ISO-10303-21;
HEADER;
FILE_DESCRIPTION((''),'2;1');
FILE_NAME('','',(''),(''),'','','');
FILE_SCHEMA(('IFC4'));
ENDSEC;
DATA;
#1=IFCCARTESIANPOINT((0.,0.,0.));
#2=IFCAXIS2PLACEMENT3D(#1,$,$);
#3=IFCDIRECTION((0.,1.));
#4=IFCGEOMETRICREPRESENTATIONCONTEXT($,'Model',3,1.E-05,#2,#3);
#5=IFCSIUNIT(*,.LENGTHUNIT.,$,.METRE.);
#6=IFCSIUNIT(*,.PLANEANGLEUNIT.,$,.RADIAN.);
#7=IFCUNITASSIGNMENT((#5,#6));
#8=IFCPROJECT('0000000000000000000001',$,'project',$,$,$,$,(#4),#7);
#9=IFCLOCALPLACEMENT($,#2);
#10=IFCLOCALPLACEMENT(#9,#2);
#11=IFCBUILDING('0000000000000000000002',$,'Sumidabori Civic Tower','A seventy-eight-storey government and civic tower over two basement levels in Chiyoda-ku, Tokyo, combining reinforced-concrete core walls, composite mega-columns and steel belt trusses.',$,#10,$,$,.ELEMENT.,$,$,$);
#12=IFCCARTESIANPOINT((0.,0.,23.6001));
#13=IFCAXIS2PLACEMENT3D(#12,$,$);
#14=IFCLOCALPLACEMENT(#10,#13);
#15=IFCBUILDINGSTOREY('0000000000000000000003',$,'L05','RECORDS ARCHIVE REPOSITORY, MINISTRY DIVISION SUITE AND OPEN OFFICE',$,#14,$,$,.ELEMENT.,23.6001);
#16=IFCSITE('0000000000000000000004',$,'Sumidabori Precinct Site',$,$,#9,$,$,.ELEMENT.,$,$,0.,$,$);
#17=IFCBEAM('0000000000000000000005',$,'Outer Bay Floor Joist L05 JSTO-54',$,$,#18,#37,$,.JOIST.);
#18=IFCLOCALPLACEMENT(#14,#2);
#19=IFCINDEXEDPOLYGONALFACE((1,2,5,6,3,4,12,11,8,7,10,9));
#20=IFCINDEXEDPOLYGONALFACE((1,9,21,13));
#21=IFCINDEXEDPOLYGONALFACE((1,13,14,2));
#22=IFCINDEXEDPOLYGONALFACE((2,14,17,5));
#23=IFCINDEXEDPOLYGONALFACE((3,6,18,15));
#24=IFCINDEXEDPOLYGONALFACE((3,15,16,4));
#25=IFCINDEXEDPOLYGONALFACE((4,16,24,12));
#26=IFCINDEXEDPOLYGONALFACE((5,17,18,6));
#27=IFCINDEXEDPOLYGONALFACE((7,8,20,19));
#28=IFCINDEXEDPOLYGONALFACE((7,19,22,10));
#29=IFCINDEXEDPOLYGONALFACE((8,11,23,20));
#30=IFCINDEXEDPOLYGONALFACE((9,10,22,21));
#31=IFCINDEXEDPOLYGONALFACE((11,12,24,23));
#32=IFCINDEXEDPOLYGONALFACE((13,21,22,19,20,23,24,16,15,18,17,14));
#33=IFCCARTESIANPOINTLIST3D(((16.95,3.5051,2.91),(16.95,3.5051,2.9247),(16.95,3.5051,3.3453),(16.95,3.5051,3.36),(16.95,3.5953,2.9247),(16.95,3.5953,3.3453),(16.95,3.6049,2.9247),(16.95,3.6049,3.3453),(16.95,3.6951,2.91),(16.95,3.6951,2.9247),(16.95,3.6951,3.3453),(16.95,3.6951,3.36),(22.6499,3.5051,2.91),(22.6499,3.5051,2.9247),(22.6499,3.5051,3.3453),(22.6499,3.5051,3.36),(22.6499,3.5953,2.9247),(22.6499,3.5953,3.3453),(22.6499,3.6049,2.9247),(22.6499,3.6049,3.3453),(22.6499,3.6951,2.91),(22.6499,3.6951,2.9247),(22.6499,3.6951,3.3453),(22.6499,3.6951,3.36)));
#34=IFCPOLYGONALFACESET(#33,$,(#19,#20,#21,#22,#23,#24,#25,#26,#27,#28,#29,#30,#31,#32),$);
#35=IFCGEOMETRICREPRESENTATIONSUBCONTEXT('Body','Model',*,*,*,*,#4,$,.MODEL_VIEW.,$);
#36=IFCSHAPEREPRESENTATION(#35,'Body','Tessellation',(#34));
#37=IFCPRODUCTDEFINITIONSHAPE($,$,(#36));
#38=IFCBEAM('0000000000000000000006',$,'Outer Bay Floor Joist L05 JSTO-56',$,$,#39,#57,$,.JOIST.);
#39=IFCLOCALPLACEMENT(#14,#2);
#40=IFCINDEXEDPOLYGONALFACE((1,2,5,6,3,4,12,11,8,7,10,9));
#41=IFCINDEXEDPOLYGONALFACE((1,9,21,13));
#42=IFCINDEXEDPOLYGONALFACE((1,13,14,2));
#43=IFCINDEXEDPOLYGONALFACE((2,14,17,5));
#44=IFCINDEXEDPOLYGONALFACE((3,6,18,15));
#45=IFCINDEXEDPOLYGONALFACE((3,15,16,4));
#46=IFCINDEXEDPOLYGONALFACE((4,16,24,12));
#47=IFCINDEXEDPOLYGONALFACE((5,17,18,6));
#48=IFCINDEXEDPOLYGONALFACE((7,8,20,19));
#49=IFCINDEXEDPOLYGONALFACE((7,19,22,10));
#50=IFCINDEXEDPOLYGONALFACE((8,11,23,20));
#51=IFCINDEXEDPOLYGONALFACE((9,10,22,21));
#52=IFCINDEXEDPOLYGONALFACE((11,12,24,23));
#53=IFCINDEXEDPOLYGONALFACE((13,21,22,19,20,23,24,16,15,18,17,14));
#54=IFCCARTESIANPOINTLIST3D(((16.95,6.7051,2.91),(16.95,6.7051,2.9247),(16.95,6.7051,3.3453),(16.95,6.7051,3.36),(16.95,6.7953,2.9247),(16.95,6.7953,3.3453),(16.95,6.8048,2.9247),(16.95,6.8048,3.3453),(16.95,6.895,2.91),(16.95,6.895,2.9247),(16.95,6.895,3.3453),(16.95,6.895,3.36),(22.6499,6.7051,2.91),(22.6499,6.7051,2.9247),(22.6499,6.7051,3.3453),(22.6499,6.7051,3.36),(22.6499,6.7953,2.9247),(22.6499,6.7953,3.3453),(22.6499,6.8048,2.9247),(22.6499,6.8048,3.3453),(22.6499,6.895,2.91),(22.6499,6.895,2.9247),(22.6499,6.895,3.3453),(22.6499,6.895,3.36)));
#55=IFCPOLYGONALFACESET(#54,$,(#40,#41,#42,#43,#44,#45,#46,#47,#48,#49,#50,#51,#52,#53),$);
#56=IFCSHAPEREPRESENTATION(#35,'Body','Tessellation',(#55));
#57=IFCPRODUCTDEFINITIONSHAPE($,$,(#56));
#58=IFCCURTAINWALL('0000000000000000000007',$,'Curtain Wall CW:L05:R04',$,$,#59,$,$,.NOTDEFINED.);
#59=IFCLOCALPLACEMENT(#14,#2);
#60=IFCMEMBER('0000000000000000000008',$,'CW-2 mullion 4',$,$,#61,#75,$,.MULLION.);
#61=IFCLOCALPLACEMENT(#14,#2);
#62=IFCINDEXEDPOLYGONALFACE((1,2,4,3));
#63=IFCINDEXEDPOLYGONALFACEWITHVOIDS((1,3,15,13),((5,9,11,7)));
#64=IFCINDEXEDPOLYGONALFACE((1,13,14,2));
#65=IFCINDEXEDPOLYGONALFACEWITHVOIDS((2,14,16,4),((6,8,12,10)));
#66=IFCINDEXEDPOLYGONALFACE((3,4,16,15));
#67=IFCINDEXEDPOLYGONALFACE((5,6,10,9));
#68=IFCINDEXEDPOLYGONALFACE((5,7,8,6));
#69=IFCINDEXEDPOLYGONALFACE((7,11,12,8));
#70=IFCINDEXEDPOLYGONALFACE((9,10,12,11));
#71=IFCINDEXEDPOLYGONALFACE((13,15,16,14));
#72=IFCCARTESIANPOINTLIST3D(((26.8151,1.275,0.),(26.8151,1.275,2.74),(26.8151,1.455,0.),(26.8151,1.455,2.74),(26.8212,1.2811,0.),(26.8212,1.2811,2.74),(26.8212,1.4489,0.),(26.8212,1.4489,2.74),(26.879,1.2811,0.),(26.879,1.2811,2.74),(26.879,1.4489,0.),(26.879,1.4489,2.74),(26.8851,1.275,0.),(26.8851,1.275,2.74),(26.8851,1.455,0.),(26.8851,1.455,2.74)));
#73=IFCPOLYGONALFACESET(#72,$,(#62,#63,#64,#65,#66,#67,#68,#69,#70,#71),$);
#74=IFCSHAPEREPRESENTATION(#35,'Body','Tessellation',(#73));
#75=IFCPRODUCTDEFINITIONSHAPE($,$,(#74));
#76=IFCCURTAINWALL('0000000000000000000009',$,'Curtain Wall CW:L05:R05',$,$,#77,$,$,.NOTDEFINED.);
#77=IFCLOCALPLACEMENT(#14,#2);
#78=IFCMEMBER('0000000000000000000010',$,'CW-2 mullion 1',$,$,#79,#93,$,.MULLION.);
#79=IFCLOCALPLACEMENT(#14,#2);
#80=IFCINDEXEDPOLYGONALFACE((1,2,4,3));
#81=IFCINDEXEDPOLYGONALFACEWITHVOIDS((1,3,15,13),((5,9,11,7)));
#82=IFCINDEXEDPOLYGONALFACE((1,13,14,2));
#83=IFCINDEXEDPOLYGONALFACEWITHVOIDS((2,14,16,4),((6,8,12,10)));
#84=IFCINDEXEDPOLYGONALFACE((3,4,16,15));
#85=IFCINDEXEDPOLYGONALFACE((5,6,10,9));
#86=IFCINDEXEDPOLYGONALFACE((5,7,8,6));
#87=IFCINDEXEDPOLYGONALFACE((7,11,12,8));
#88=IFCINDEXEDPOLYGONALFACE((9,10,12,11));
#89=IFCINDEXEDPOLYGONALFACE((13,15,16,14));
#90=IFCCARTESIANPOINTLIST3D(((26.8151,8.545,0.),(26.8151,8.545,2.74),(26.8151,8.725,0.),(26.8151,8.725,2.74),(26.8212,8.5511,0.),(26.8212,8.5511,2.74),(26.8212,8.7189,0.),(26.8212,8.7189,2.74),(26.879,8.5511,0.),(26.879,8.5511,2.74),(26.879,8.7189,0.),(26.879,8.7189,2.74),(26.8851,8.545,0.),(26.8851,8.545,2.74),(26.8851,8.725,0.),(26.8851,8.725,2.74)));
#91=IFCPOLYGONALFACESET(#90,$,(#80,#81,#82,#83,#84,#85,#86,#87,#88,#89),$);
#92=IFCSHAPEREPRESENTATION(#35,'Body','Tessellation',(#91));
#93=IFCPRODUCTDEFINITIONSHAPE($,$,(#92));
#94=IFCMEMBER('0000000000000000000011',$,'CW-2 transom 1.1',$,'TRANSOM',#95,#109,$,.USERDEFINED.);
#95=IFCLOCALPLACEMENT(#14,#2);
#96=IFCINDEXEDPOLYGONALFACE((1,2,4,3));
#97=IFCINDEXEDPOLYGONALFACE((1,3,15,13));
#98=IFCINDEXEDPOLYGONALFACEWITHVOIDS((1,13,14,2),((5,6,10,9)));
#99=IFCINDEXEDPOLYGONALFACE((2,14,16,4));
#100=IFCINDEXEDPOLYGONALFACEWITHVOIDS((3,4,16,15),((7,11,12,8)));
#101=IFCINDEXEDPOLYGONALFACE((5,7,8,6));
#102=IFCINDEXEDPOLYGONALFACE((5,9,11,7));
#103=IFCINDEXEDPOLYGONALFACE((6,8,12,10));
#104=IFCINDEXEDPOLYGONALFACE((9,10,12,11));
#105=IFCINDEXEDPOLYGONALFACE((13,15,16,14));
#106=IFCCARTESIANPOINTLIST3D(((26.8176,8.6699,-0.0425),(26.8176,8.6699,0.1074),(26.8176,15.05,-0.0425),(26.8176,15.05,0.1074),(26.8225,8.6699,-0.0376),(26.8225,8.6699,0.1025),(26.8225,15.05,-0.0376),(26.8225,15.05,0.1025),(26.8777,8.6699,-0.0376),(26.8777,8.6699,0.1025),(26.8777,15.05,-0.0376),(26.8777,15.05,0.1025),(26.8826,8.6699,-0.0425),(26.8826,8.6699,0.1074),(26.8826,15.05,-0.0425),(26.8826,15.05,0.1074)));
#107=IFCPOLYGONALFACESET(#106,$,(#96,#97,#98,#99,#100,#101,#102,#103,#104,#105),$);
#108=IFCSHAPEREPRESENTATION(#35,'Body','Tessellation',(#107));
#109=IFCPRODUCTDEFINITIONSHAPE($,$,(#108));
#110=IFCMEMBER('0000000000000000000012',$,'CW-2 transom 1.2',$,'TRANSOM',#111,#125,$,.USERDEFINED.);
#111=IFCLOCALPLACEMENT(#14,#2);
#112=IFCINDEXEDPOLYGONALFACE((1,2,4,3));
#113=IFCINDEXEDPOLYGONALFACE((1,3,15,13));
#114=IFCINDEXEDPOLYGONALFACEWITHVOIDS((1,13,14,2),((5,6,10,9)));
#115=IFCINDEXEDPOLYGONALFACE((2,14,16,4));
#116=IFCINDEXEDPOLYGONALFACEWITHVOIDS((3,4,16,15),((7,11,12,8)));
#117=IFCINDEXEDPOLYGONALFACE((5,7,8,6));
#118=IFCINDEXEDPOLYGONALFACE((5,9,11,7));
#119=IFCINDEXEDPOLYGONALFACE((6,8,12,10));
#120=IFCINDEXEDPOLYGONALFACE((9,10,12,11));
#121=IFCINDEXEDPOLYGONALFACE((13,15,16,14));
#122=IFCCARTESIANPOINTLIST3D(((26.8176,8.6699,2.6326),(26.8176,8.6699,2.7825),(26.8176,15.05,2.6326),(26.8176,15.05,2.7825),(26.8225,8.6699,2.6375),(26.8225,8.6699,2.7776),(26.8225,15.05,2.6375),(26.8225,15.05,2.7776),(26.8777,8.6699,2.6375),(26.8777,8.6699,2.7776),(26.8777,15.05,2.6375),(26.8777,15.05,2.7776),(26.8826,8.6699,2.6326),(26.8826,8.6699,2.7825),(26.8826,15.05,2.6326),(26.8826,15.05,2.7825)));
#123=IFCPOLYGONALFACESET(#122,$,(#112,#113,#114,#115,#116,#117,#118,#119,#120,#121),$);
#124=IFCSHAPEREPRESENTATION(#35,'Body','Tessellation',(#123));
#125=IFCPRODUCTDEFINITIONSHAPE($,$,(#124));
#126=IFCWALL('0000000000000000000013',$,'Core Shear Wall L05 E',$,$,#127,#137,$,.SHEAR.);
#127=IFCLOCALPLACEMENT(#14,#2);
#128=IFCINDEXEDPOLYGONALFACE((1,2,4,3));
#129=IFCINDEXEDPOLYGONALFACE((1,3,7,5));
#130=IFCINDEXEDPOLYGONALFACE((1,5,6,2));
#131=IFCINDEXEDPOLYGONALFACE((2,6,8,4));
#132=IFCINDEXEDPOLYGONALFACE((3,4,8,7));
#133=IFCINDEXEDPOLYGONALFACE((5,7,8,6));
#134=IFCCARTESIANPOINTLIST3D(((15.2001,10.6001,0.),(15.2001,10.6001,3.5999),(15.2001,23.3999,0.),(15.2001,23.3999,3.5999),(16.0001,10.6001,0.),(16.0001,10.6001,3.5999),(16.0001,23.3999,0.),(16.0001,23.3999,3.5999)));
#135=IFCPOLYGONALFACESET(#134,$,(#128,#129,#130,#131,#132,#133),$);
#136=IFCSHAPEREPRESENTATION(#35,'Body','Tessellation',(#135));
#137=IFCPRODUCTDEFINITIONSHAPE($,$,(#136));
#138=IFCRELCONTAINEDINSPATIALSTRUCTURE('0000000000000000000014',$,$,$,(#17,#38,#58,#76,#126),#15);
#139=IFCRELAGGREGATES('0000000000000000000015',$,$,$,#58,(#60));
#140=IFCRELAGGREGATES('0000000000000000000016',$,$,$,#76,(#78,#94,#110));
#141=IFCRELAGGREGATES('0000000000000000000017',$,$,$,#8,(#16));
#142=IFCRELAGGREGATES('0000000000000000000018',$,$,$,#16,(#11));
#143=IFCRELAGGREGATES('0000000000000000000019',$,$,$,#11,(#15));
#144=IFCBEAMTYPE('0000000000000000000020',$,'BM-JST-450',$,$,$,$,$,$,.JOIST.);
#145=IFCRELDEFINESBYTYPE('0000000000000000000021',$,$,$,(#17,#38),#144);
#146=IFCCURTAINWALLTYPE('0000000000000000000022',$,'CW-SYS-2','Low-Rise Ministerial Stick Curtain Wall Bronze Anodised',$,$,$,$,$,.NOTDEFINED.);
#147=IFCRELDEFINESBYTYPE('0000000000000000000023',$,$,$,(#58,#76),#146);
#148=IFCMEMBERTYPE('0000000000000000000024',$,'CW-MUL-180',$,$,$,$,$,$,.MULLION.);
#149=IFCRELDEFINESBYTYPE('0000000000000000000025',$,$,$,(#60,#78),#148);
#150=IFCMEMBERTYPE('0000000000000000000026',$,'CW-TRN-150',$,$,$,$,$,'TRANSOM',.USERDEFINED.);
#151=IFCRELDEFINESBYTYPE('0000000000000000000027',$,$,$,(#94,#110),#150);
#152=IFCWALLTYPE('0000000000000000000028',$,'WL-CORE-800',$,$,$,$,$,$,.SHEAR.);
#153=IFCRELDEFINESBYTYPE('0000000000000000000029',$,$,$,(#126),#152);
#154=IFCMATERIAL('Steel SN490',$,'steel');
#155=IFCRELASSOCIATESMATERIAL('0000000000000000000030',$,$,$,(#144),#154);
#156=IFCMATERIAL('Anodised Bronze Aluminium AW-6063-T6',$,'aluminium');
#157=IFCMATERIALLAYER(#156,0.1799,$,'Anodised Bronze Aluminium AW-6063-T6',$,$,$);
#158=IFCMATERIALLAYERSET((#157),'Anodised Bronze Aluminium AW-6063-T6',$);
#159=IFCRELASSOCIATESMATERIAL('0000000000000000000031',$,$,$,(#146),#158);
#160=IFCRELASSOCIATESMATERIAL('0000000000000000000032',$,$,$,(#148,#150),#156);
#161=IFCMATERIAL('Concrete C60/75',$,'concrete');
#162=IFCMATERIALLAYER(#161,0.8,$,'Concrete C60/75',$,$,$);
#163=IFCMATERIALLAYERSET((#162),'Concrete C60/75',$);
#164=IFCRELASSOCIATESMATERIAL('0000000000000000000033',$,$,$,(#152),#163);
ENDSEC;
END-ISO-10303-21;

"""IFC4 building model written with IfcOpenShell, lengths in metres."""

from ifc_helpers import new_model, si_unit, direction, frame, frame_2d, origin, origin_2d, place, context, subcontext, project, spatial, rectangle, hollow_rectangle, i_section, extrude, source, transform, mapped, material, layer, layer_set, material_profile, profile_set, type_object, element, aggregate, save


model = new_model("IFC4")

# Units and contexts
model_context = context("Model", 3, precision=1e-05, world=origin(), true_north=direction((0.0, 1.0)))
body_context = subcontext(model_context, "Body", "Model", "MODEL_VIEW")
ifc_project = project(units=[si_unit("LENGTHUNIT", "METRE"), si_unit("PLANEANGLEUNIT", "RADIAN")], contexts=[model_context])

# Site, building, storey
site_placement = place(None, origin())
site = spatial("IfcSite", under=ifc_project, at=site_placement, Name="Sumidabori Precinct Site", CompositionType="ELEMENT", RefElevation=0.0)
building_placement = place(site_placement, origin())
building = spatial("IfcBuilding", under=site, at=building_placement, Name="Sumidabori Civic Tower", Description="A seventy-eight-storey government and civic tower over two basement levels in Chiyoda-ku, Tokyo, combining reinforced-concrete core walls, composite mega-columns and steel belt trusses.", CompositionType="ELEMENT")
storey_placement = place(building_placement, frame((0.0, 0.0, 23.6001)))
storey = spatial("IfcBuildingStorey", under=building, at=storey_placement, Name="L05", Description="RECORDS ARCHIVE REPOSITORY, MINISTRY DIVISION SUITE AND OPEN OFFICE", CompositionType="ELEMENT", Elevation=23.6001)

# Shared definitions
ifc_material_1 = material(Name="Concrete C60/75", Category="concrete")

# Beams
ifc_material_2 = material(Name="Steel SN490", Category="steel")
ifc_material_profile_1 = material_profile(ifc_material_2, i_section(OverallWidth=0.1899, OverallDepth=0.45, WebThickness=0.0095, FlangeThickness=0.0146, at=origin_2d()), Name="IPE 450")
ifc_profile_set_1 = profile_set([ifc_material_profile_1], Name="Steel SN490")
beam_type_1 = type_object("IfcBeamType", Name="BM-JST-450", PredefinedType="JOIST", material=ifc_profile_set_1)
shared_shape_1 = source(origin(), body_context, "Body", "SweptSolid", [
    extrude(i_section(OverallWidth=0.1899, OverallDepth=0.45, WebThickness=0.0095, FlangeThickness=0.0146, at=origin_2d()), origin(), (0.0, 0.0, 1.0), 5.7),
])
for number, where, z_axis, x_axis, name in (
    (1, (16.95, 3.6001, 3.135), (1.0, 0.0, 0.0), (0.0, 1.0, 0.0), "Outer Bay Floor Joist L05 JSTO-54"),
    (2, (16.95, 6.8, 3.135), (1.0, 0.0, 0.0), (0.0, 1.0, 0.0), "Outer Bay Floor Joist L05 JSTO-56"),
):
    element("IfcBeam", number, at=place(storey_placement, frame(where, z_axis=z_axis, x_axis=x_axis)), inside=storey, type_object=beam_type_1, Name=name, PredefinedType="JOIST", context=body_context, shape_type="MappedRepresentation", body=[
        mapped(shared_shape_1, transform((0.0, 0.0, 0.0), x_axis=(1.0, 0.0, 0.0), y_axis=(0.0, 1.0, 0.0), z_axis=(0.0, 0.0, 1.0), scale=1.0)),
    ])

# Curtain wall, member
ifc_material_3 = material(Name="Anodised Bronze Aluminium AW-6063-T6", Category="aluminium")
ifc_layer_1 = layer(ifc_material_3, 0.1799, Name="Anodised Bronze Aluminium AW-6063-T6")
ifc_layer_set_1 = layer_set([ifc_layer_1], Name="Anodised Bronze Aluminium AW-6063-T6")
curtain_wall_type = type_object("IfcCurtainWallType", Name="CW-SYS-2", Description="Low-Rise Ministerial Stick Curtain Wall Bronze Anodised", PredefinedType="NOTDEFINED", material=ifc_layer_set_1)
curtain_wall_1_placement = place(storey_placement, origin())
curtain_wall_1 = element("IfcCurtainWall", 3, at=curtain_wall_1_placement, inside=storey, type_object=curtain_wall_type, Name="Curtain Wall CW:L05:R04", PredefinedType="NOTDEFINED")
ifc_material_profile_2 = material_profile(ifc_material_3, hollow_rectangle(XDim=0.0701, YDim=0.1799, WallThickness=0.0061, at=origin_2d()), Name="ALU MULLION 180x70")
ifc_profile_set_2 = profile_set([ifc_material_profile_2], Name="Anodised Bronze Aluminium AW-6063-T6")
member_type_1 = type_object("IfcMemberType", Name="CW-MUL-180", PredefinedType="MULLION", material=ifc_profile_set_2)
shared_shape_2 = source(origin(), body_context, "Body", "SweptSolid", [
    extrude(hollow_rectangle(XDim=0.0701, YDim=0.1799, WallThickness=0.0061, at=origin_2d()), origin(), (0.0, 0.0, 1.0), 2.74),
])
member_1_placement = place(storey_placement, frame((26.8501, 1.365, 0.0), z_axis=(0.0, 0.0, 1.0), x_axis=(-1.0, 0.0, 0.0)))
member_1 = element("IfcMember", 4, at=member_1_placement, type_object=member_type_1, Name="CW-2 mullion 4", PredefinedType="MULLION", context=body_context, shape_type="MappedRepresentation", body=[
    mapped(shared_shape_2, transform((0.0, 0.0, 0.0), x_axis=(1.0, 0.0, 0.0), y_axis=(0.0, 1.0, 0.0), z_axis=(0.0, 0.0, 1.0), scale=1.0)),
])
aggregate(curtain_wall_1, [member_1])

# Curtain wall, members
curtain_wall_2_placement = place(storey_placement, origin())
curtain_wall_2 = element("IfcCurtainWall", 5, at=curtain_wall_2_placement, inside=storey, type_object=curtain_wall_type, Name="Curtain Wall CW:L05:R05", PredefinedType="NOTDEFINED")
member_2_placement = place(storey_placement, frame((26.8501, 8.635, 0.0), z_axis=(0.0, 0.0, 1.0), x_axis=(-1.0, 0.0, 0.0)))
member_2 = element("IfcMember", 6, at=member_2_placement, type_object=member_type_1, Name="CW-2 mullion 1", PredefinedType="MULLION", context=body_context, shape_type="MappedRepresentation", body=[
    mapped(shared_shape_2, transform((0.0, 0.0, 0.0), x_axis=(1.0, 0.0, 0.0), y_axis=(0.0, 1.0, 0.0), z_axis=(0.0, 0.0, 1.0), scale=1.0)),
])
ifc_material_profile_3 = material_profile(ifc_material_3, hollow_rectangle(XDim=0.0649, YDim=0.1499, WallThickness=0.0049, at=origin_2d()), Name="ALU TRANSOM 150x65")
ifc_profile_set_3 = profile_set([ifc_material_profile_3], Name="Anodised Bronze Aluminium AW-6063-T6")
member_type_2 = type_object("IfcMemberType", Name="CW-TRN-150", ElementType="TRANSOM", PredefinedType="USERDEFINED", material=ifc_profile_set_3)
shared_shape_3 = source(origin(), body_context, "Body", "SweptSolid", [
    extrude(hollow_rectangle(XDim=0.0649, YDim=0.1499, WallThickness=0.0049, at=origin_2d()), origin(), (0.0, 0.0, 1.0), 6.3801),
])
member_3_placement = place(storey_placement, frame((26.8501, 8.6699, 0.0325), z_axis=(0.0, 1.0, 0.0), x_axis=(-1.0, 0.0, 0.0)))
member_3 = element("IfcMember", 7, at=member_3_placement, type_object=member_type_2, Name="CW-2 transom 1.1", ObjectType="TRANSOM", PredefinedType="USERDEFINED", context=body_context, shape_type="MappedRepresentation", body=[
    mapped(shared_shape_3, transform((0.0, 0.0, 0.0), x_axis=(1.0, 0.0, 0.0), y_axis=(0.0, 1.0, 0.0), z_axis=(0.0, 0.0, 1.0), scale=1.0)),
])
member_4_placement = place(storey_placement, frame((26.8501, 8.6699, 2.7075), z_axis=(0.0, 1.0, 0.0), x_axis=(-1.0, 0.0, 0.0)))
member_4 = element("IfcMember", 8, at=member_4_placement, type_object=member_type_2, Name="CW-2 transom 1.2", ObjectType="TRANSOM", PredefinedType="USERDEFINED", context=body_context, shape_type="MappedRepresentation", body=[
    mapped(shared_shape_3, transform((0.0, 0.0, 0.0), x_axis=(1.0, 0.0, 0.0), y_axis=(0.0, 1.0, 0.0), z_axis=(0.0, 0.0, 1.0), scale=1.0)),
])
aggregate(curtain_wall_2, [member_2, member_3, member_4])

# Wall
ifc_layer_2 = layer(ifc_material_1, 0.8, Name="Concrete C60/75")
ifc_layer_set_2 = layer_set([ifc_layer_2], Name="Concrete C60/75")
wall_type_1 = type_object("IfcWallType", Name="WL-CORE-800", PredefinedType="SHEAR", material=ifc_layer_set_2)
shared_shape_4 = source(origin(), body_context, "Body", "SweptSolid", [
    extrude(rectangle(XDim=12.7998, YDim=0.8, at=frame_2d((6.3999, 0.0))), origin(), (0.0, 0.0, 1.0), 3.5999),
])
wall_1_placement = place(storey_placement, frame((15.6001, 10.6001, 0.0), z_axis=(0.0, 0.0, 1.0), x_axis=(0.0, 1.0, 0.0)))
element("IfcWall", 9, at=wall_1_placement, inside=storey, type_object=wall_type_1, Name="Core Shear Wall L05 E", PredefinedType="SHEAR", context=body_context, shape_type="MappedRepresentation", body=[
    mapped(shared_shape_4, transform((0.0, 0.0, 0.0), x_axis=(1.0, 0.0, 0.0), y_axis=(0.0, 1.0, 0.0), z_axis=(0.0, 0.0, 1.0), scale=1.0)),
])

save(model, "model.ifc")
